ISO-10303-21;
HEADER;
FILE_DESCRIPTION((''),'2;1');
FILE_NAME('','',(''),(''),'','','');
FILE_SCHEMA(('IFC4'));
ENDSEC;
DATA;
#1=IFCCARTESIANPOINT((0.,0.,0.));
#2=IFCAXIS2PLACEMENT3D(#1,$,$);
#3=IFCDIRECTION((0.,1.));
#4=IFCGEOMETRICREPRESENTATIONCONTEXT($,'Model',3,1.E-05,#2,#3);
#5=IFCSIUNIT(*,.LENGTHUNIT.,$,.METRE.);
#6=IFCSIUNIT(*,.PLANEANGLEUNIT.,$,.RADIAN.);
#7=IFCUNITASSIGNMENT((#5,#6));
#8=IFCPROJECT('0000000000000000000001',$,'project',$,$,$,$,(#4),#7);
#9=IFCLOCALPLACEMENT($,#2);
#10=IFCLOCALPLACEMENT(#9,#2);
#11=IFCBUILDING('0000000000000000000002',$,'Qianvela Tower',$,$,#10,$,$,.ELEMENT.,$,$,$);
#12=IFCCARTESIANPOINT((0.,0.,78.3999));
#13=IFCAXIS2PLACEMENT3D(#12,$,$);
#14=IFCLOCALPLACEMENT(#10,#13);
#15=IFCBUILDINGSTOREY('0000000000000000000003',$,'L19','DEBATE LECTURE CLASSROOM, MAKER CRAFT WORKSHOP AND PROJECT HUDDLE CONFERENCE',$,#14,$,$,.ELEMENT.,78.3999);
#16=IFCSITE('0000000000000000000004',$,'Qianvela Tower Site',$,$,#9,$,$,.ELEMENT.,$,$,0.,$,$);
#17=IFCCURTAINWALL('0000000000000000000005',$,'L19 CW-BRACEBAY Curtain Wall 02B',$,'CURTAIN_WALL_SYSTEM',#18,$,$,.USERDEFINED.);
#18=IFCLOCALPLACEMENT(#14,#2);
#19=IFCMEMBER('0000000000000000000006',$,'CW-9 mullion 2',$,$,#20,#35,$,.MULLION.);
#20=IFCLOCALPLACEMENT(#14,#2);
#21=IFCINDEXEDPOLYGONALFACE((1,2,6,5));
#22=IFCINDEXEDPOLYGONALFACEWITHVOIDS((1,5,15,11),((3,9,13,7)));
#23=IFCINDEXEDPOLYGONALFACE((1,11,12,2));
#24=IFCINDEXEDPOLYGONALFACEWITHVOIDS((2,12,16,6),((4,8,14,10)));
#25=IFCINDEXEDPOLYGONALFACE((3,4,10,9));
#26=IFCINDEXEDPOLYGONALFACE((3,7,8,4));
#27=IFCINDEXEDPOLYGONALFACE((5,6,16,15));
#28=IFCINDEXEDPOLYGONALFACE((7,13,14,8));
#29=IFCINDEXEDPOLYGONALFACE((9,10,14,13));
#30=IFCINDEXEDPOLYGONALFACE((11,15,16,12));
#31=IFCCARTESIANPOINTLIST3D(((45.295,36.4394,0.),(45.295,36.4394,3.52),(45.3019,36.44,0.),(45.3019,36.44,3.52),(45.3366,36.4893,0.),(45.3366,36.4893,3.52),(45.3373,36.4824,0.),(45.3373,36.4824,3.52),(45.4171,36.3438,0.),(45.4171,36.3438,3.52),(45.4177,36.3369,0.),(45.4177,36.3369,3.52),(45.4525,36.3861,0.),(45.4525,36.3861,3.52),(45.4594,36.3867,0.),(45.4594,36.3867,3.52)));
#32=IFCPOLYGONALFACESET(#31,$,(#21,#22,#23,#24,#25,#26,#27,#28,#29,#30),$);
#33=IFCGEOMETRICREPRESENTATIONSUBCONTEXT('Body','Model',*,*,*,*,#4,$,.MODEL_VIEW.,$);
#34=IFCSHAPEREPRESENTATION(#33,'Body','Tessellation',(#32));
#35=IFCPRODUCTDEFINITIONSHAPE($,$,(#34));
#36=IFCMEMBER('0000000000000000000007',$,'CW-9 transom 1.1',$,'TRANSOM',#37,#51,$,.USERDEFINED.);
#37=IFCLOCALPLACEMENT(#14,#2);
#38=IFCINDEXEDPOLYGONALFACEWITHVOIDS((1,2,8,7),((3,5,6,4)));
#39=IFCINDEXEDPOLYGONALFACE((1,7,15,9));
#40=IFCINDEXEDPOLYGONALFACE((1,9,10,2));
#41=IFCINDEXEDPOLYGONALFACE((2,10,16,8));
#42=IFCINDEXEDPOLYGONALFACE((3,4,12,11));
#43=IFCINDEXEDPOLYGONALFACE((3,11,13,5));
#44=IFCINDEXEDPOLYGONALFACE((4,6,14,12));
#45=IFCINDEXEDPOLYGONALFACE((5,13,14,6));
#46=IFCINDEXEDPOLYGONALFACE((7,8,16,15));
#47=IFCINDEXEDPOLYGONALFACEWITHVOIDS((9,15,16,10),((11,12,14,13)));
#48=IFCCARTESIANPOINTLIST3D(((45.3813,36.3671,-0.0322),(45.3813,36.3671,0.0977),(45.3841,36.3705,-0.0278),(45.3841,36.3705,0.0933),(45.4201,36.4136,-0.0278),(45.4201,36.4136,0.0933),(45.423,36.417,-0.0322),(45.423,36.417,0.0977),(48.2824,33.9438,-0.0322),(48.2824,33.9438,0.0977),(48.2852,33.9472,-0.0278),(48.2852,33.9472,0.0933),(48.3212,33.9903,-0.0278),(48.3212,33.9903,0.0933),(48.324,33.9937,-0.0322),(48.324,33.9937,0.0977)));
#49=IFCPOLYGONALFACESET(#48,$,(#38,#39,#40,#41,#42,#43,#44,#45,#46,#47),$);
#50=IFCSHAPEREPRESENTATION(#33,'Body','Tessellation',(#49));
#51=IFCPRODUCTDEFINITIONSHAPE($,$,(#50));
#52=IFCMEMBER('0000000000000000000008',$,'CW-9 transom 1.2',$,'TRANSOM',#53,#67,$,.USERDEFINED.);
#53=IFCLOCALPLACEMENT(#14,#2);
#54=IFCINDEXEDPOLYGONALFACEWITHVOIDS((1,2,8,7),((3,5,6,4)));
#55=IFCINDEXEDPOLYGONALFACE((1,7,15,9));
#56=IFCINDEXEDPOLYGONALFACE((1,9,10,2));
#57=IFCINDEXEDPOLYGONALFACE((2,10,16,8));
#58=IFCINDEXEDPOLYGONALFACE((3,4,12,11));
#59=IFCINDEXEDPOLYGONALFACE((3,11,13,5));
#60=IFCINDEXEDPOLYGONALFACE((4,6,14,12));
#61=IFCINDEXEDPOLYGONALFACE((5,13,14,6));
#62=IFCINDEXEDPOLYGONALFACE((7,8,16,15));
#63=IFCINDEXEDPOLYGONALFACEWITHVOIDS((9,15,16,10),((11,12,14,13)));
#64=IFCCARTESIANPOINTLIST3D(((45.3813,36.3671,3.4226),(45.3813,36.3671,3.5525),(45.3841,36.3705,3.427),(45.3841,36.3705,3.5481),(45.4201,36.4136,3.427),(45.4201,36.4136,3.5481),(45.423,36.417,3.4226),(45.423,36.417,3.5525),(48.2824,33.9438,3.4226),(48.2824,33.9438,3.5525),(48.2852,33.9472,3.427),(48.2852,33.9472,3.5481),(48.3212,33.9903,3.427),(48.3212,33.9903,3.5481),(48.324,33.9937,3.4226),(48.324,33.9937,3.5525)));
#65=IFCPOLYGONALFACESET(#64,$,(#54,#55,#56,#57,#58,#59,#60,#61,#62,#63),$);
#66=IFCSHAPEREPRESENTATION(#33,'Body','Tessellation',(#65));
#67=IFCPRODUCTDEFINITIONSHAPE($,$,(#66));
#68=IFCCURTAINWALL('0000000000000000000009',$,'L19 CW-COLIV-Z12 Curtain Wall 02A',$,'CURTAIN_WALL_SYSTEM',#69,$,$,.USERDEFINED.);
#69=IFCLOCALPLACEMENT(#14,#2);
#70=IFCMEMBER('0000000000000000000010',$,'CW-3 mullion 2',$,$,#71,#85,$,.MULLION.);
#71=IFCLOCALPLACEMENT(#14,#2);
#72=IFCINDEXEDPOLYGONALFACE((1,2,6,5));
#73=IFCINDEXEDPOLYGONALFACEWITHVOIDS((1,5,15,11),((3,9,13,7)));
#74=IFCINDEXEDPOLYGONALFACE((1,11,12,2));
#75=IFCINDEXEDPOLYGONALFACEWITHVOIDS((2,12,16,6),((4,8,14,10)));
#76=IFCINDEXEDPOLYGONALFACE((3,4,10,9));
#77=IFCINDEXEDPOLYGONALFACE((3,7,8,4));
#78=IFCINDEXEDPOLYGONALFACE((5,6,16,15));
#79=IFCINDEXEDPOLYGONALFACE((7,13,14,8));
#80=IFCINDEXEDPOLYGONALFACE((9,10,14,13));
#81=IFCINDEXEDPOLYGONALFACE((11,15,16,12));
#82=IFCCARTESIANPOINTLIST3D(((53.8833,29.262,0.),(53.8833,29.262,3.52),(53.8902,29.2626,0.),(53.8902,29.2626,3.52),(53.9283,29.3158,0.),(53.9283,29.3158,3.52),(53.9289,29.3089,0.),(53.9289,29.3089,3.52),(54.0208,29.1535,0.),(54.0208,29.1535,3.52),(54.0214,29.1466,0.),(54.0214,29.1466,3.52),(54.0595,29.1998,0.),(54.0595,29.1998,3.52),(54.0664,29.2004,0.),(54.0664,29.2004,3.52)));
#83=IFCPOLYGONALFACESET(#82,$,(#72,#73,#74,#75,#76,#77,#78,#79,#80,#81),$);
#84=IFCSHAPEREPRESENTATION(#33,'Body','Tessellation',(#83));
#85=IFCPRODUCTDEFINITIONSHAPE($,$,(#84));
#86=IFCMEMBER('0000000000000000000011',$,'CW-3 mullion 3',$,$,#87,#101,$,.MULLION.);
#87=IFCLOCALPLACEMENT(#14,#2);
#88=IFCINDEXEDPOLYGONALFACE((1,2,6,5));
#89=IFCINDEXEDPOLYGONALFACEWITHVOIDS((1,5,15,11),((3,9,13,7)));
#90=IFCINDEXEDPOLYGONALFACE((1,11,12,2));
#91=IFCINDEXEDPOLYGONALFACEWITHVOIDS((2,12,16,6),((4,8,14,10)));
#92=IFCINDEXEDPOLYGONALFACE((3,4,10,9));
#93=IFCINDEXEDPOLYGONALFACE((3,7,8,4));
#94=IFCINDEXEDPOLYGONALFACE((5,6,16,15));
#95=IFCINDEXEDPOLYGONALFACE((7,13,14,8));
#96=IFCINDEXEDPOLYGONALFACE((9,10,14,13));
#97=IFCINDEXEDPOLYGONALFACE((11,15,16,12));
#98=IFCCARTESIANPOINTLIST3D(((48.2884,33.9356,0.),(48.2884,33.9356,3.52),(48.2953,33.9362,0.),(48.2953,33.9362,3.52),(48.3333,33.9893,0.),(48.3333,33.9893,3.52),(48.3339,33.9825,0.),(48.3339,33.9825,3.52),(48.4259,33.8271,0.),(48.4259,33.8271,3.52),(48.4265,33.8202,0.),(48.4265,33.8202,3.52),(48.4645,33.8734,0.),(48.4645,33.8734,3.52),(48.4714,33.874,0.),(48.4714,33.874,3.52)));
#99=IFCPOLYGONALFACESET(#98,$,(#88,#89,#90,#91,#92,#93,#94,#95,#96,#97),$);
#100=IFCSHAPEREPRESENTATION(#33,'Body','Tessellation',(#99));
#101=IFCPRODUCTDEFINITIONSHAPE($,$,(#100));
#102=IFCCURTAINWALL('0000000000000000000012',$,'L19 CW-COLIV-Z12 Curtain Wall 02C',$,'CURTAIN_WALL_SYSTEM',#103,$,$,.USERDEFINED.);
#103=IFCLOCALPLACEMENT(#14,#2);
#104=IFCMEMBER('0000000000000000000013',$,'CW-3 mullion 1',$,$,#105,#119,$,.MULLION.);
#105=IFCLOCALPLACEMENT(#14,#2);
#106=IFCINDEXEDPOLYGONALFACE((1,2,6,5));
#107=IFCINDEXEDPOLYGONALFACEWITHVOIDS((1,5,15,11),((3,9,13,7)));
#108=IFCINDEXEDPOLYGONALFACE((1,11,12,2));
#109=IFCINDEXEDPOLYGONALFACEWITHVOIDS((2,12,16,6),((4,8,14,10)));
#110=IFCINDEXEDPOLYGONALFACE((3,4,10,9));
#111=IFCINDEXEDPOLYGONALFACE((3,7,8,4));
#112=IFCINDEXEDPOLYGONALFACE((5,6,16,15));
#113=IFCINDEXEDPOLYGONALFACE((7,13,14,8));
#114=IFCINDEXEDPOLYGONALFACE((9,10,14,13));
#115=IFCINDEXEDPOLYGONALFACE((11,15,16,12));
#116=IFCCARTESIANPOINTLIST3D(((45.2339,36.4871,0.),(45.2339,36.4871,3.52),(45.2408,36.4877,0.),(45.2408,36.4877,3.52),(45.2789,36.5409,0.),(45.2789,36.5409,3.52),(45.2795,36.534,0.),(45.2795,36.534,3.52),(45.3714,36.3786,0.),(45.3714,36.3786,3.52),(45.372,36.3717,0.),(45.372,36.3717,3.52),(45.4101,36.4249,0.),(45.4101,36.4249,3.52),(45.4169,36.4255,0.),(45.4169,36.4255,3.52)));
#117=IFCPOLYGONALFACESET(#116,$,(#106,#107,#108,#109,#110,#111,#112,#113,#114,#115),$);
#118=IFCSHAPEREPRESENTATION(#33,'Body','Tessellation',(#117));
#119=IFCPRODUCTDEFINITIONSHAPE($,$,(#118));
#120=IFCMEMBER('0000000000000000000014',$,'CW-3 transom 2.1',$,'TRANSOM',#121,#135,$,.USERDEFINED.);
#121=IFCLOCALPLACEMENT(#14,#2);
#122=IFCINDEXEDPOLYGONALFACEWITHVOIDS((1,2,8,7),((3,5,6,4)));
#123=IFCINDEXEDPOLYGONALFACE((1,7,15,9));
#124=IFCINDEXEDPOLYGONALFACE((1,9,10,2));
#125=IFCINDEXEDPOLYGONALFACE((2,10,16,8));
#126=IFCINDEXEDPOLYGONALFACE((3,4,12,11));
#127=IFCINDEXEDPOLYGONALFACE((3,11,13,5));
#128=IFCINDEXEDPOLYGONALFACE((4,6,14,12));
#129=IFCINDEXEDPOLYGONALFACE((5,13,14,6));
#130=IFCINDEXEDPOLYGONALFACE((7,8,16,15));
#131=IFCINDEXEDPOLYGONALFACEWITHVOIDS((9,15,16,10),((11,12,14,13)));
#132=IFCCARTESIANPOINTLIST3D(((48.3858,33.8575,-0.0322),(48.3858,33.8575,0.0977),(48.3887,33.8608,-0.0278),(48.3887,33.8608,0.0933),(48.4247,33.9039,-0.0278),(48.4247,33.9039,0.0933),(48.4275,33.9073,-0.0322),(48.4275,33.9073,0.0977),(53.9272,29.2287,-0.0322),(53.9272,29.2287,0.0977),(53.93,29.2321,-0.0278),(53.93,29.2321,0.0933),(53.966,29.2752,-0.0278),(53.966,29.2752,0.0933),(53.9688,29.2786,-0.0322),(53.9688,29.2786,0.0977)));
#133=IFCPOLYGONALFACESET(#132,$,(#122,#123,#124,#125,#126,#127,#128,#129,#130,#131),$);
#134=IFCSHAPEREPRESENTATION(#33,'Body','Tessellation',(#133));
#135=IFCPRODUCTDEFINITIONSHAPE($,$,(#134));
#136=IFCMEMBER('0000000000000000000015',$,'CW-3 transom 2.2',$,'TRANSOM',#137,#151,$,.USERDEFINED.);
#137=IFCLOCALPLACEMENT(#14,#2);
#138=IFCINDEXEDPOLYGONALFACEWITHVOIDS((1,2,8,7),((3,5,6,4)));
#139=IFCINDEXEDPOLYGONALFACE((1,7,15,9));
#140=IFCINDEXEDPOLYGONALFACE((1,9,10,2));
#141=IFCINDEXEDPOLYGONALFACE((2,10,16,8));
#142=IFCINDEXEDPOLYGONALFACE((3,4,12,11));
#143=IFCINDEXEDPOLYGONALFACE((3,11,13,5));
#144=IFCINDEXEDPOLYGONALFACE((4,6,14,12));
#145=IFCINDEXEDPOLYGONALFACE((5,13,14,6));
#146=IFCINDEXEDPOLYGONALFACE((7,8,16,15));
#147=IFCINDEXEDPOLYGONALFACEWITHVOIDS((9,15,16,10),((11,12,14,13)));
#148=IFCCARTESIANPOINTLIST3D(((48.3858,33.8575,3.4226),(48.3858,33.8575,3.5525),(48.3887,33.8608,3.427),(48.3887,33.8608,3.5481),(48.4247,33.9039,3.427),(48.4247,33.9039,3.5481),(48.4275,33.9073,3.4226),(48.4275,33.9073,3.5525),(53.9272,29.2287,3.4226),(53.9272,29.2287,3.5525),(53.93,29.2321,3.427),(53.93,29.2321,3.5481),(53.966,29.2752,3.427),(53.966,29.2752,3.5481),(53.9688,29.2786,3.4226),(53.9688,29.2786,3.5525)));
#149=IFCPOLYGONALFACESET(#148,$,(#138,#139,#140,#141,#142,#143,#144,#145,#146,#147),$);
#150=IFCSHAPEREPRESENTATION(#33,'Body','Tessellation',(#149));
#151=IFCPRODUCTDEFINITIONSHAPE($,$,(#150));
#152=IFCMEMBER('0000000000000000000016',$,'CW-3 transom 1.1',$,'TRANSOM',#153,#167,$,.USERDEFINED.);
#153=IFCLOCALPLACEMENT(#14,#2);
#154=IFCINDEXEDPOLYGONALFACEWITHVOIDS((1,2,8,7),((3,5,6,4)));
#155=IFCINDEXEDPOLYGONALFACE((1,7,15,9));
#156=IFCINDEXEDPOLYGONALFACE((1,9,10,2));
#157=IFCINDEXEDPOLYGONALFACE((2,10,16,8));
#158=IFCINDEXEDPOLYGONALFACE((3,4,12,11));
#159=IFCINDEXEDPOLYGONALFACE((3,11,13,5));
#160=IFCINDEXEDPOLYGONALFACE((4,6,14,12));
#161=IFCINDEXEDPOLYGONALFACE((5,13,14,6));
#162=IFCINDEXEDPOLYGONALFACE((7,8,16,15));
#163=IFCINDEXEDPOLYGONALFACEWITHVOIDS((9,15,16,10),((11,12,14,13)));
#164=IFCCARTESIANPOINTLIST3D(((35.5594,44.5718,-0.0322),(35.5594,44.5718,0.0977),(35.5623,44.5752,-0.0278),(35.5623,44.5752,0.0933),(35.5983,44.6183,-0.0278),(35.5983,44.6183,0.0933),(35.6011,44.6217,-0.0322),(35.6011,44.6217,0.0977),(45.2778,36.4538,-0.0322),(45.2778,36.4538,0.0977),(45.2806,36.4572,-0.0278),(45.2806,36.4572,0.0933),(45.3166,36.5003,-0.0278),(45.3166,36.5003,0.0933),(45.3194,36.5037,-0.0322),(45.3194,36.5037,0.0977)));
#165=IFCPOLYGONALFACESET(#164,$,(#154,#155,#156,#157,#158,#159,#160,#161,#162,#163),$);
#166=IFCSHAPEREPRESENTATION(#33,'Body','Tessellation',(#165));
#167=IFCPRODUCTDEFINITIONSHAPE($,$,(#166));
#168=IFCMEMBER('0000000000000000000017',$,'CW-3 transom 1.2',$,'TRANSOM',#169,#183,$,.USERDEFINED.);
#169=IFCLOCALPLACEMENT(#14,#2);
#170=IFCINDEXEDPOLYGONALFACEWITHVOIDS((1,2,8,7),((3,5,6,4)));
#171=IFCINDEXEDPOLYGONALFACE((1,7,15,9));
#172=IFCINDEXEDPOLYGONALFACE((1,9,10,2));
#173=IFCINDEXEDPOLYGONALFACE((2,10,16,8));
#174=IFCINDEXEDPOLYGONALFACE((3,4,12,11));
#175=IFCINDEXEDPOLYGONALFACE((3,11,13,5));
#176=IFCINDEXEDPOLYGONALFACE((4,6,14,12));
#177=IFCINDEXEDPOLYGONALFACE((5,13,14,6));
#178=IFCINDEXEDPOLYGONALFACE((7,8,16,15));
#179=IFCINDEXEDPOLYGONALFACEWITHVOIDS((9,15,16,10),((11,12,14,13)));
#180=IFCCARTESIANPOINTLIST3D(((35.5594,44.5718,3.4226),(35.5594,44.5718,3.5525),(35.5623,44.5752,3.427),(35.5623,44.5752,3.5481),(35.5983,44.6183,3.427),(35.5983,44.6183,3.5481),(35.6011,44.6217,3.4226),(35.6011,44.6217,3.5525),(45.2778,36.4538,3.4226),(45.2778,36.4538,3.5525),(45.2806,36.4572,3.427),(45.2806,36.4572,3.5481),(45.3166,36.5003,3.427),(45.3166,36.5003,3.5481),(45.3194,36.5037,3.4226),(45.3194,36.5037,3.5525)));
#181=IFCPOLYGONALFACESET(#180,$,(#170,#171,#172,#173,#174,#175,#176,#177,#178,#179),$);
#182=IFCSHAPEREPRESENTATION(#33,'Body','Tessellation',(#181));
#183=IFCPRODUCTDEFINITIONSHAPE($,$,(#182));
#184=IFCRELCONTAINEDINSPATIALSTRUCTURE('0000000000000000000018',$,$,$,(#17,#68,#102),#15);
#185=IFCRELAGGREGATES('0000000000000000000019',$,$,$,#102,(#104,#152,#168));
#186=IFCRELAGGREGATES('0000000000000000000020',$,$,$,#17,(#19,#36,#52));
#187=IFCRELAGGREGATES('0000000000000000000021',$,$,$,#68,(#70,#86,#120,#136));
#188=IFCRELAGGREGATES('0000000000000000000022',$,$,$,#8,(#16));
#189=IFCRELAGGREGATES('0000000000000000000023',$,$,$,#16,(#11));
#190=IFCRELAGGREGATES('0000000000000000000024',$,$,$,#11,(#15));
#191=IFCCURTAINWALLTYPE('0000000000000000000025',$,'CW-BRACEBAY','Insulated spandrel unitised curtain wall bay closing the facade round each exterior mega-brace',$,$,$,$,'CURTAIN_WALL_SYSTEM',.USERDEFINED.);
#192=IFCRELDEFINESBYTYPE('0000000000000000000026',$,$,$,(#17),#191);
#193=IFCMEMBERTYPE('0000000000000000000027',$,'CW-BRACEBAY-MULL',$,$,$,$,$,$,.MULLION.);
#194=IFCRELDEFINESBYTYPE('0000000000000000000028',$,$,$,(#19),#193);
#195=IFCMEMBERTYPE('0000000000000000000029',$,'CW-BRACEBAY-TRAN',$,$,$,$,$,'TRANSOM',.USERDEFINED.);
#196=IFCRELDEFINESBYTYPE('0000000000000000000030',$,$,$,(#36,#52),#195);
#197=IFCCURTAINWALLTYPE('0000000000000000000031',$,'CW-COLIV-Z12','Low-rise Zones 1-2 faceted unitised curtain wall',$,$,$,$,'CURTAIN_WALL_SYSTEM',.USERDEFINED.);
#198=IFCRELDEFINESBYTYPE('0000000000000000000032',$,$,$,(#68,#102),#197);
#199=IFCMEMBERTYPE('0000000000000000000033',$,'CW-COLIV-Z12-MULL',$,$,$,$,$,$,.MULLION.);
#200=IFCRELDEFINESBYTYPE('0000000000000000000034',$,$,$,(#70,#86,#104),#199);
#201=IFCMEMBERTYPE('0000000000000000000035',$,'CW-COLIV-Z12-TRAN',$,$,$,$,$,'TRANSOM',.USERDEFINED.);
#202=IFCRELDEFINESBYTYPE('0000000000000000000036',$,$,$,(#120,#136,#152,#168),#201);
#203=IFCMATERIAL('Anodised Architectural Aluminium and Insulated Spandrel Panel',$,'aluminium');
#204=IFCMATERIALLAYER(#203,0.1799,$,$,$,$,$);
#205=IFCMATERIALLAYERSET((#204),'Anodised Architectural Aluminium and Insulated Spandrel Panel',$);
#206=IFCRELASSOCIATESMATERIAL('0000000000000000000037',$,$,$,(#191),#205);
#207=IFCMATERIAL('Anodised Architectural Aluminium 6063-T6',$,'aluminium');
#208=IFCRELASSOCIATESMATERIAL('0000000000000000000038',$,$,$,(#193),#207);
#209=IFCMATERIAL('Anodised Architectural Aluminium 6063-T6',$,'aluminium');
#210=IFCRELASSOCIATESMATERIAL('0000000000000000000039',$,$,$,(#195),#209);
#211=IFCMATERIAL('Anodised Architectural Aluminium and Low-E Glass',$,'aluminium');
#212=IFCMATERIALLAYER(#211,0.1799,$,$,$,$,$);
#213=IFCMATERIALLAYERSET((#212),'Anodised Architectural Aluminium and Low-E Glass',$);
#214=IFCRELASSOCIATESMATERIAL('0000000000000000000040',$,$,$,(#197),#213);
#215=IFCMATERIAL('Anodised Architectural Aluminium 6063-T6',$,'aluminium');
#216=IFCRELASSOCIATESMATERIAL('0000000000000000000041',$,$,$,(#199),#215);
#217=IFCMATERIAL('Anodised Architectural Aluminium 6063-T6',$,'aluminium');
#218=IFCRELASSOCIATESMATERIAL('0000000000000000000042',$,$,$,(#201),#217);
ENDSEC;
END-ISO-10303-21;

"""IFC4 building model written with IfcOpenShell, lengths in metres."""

from ifc_helpers import new_model, si_unit, direction, frame, origin, origin_2d, place, context, subcontext, project, spatial, hollow_rectangle, extrude, material, layer, layer_set, material_profile, profile_set, type_object, element, aggregate, save


model = new_model("IFC4")

# Units and contexts
model_context = context("Model", 3, precision=1e-05, world=origin(), true_north=direction((0.0, 1.0)))
body_context = subcontext(model_context, "Body", "Model", "MODEL_VIEW")
ifc_project = project(units=[si_unit("LENGTHUNIT", "METRE"), si_unit("PLANEANGLEUNIT", "RADIAN")], contexts=[model_context])

# Site, building, storey
site_placement = place(None, origin())
site = spatial("IfcSite", under=ifc_project, at=site_placement, Name="Qianvela Tower Site", CompositionType="ELEMENT", RefElevation=0.0)
building_placement = place(site_placement, origin())
building = spatial("IfcBuilding", under=site, at=building_placement, Name="Qianvela Tower", CompositionType="ELEMENT")
storey_placement = place(building_placement, frame((0.0, 0.0, 78.3999)))
storey = spatial("IfcBuildingStorey", under=building, at=storey_placement, Name="L19", Description="DEBATE LECTURE CLASSROOM, MAKER CRAFT WORKSHOP AND PROJECT HUDDLE CONFERENCE", CompositionType="ELEMENT", Elevation=78.3999)

# Curtain walls, members
ifc_material_1 = material(Name="Anodised Architectural Aluminium and Insulated Spandrel Panel", Category="aluminium")
ifc_layer_1 = layer(ifc_material_1, 0.1799)
ifc_layer_set_1 = layer_set([ifc_layer_1], Name="Anodised Architectural Aluminium and Insulated Spandrel Panel")
curtain_wall_type_1 = type_object("IfcCurtainWallType", Name="CW-BRACEBAY", Description="Insulated spandrel unitised curtain wall bay closing the facade round each exterior mega-brace", ElementType="CURTAIN_WALL_SYSTEM", PredefinedType="USERDEFINED", material=ifc_layer_set_1)
curtain_wall_1_placement = place(storey_placement, origin())
curtain_wall_1 = element("IfcCurtainWall", 1, at=curtain_wall_1_placement, inside=storey, type_object=curtain_wall_type_1, Name="L19 CW-BRACEBAY Curtain Wall 02B", ObjectType="CURTAIN_WALL_SYSTEM", PredefinedType="USERDEFINED")
ifc_material_2 = material(Name="Anodised Architectural Aluminium 6063-T6", Category="aluminium")
ifc_material_profile_1 = material_profile(ifc_material_2, hollow_rectangle(XDim=0.0649, YDim=0.1599, WallThickness=0.0049, at=origin_2d()), Name="ALU-MULL-65x160")
ifc_profile_set_1 = profile_set([ifc_material_profile_1], Name="Anodised Architectural Aluminium 6063-T6")
member_type_1 = type_object("IfcMemberType", Name="CW-BRACEBAY-MULL", PredefinedType="MULLION", material=ifc_profile_set_1)
member_1_placement = place(storey_placement, frame((45.3772, 36.4131, 0.0), z_axis=(0.0, 0.0, 1.0), x_axis=(-0.64108, -0.767474, 0.0)))
member_1 = element("IfcMember", 2, at=member_1_placement, type_object=member_type_1, Name="CW-9 mullion 2", PredefinedType="MULLION", context=body_context, shape_type="SweptSolid", body=[
    extrude(hollow_rectangle(XDim=0.0649, YDim=0.1599, WallThickness=0.0049, at=origin_2d()), origin(), (0.0, 0.0, 1.0), 3.52),
])
ifc_material_3 = material(Name="Anodised Architectural Aluminium 6063-T6", Category="aluminium")
ifc_material_profile_2 = material_profile(ifc_material_3, hollow_rectangle(XDim=0.0649, YDim=0.1299, WallThickness=0.0044, at=origin_2d()), Name="ALU-TRAN-65x130")
ifc_profile_set_2 = profile_set([ifc_material_profile_2], Name="Anodised Architectural Aluminium 6063-T6")
member_type_2 = type_object("IfcMemberType", Name="CW-BRACEBAY-TRAN", ElementType="TRANSOM", PredefinedType="USERDEFINED", material=ifc_profile_set_2)
member_2_placement = place(storey_placement, frame((48.3032, 33.9688, 0.0327), z_axis=(-0.767474, 0.64108, 0.0), x_axis=(-0.64108, -0.767474, 0.0)))
member_2 = element("IfcMember", 3, at=member_2_placement, type_object=member_type_2, Name="CW-9 transom 1.1", ObjectType="TRANSOM", PredefinedType="USERDEFINED", context=body_context, shape_type="SweptSolid", body=[
    extrude(hollow_rectangle(XDim=0.0649, YDim=0.1299, WallThickness=0.0044, at=origin_2d()), origin(), (0.0, 0.0, 1.0), 3.78),
])
member_3_placement = place(storey_placement, frame((48.3032, 33.9688, 3.4875), z_axis=(-0.767474, 0.64108, 0.0), x_axis=(-0.64108, -0.767474, 0.0)))
member_3 = element("IfcMember", 4, at=member_3_placement, type_object=member_type_2, Name="CW-9 transom 1.2", ObjectType="TRANSOM", PredefinedType="USERDEFINED", context=body_context, shape_type="SweptSolid", body=[
    extrude(hollow_rectangle(XDim=0.0649, YDim=0.1299, WallThickness=0.0044, at=origin_2d()), origin(), (0.0, 0.0, 1.0), 3.78),
])
ifc_material_4 = material(Name="Anodised Architectural Aluminium and Low-E Glass", Category="aluminium")
ifc_layer_2 = layer(ifc_material_4, 0.1799)
ifc_layer_set_2 = layer_set([ifc_layer_2], Name="Anodised Architectural Aluminium and Low-E Glass")
curtain_wall_type_2 = type_object("IfcCurtainWallType", Name="CW-COLIV-Z12", Description="Low-rise Zones 1-2 faceted unitised curtain wall", ElementType="CURTAIN_WALL_SYSTEM", PredefinedType="USERDEFINED", material=ifc_layer_set_2)
curtain_wall_2_placement = place(storey_placement, origin())
curtain_wall_2 = element("IfcCurtainWall", 5, at=curtain_wall_2_placement, inside=storey, type_object=curtain_wall_type_2, Name="L19 CW-COLIV-Z12 Curtain Wall 02A", ObjectType="CURTAIN_WALL_SYSTEM", PredefinedType="USERDEFINED")
ifc_material_5 = material(Name="Anodised Architectural Aluminium 6063-T6", Category="aluminium")
ifc_material_profile_3 = material_profile(ifc_material_5, hollow_rectangle(XDim=0.0701, YDim=0.1799, WallThickness=0.0049, at=origin_2d()), Name="ALU-MULL-70x180")
ifc_profile_set_3 = profile_set([ifc_material_profile_3], Name="Anodised Architectural Aluminium 6063-T6")
member_type_3 = type_object("IfcMemberType", Name="CW-COLIV-Z12-MULL", PredefinedType="MULLION", material=ifc_profile_set_3)
member_4_placement = place(storey_placement, frame((53.9749, 29.2312, 0.0), z_axis=(0.0, 0.0, 1.0), x_axis=(-0.641086, -0.767469, 0.0)))
member_4 = element("IfcMember", 6, at=member_4_placement, type_object=member_type_3, Name="CW-3 mullion 2", PredefinedType="MULLION", context=body_context, shape_type="SweptSolid", body=[
    extrude(hollow_rectangle(XDim=0.0701, YDim=0.1799, WallThickness=0.0049, at=origin_2d()), origin(), (0.0, 0.0, 1.0), 3.52),
])
member_5_placement = place(storey_placement, frame((48.3799, 33.9048, 0.0), z_axis=(0.0, 0.0, 1.0), x_axis=(-0.641086, -0.767469, 0.0)))
member_5 = element("IfcMember", 7, at=member_5_placement, type_object=member_type_3, Name="CW-3 mullion 3", PredefinedType="MULLION", context=body_context, shape_type="SweptSolid", body=[
    extrude(hollow_rectangle(XDim=0.0701, YDim=0.1799, WallThickness=0.0049, at=origin_2d()), origin(), (0.0, 0.0, 1.0), 3.52),
])

# Curtain wall, member
curtain_wall_3_placement = place(storey_placement, origin())
curtain_wall_3 = element("IfcCurtainWall", 8, at=curtain_wall_3_placement, inside=storey, type_object=curtain_wall_type_2, Name="L19 CW-COLIV-Z12 Curtain Wall 02C", ObjectType="CURTAIN_WALL_SYSTEM", PredefinedType="USERDEFINED")
member_6_placement = place(storey_placement, frame((45.3254, 36.4563, 0.0), z_axis=(0.0, 0.0, 1.0), x_axis=(-0.641088, -0.767467, 0.0)))
member_6 = element("IfcMember", 9, at=member_6_placement, type_object=member_type_3, Name="CW-3 mullion 1", PredefinedType="MULLION", context=body_context, shape_type="SweptSolid", body=[
    extrude(hollow_rectangle(XDim=0.0701, YDim=0.1799, WallThickness=0.0049, at=origin_2d()), origin(), (0.0, 0.0, 1.0), 3.52),
])

# Members
ifc_material_6 = material(Name="Anodised Architectural Aluminium 6063-T6", Category="aluminium")
ifc_material_profile_4 = material_profile(ifc_material_6, hollow_rectangle(XDim=0.0649, YDim=0.1299, WallThickness=0.0044, at=origin_2d()), Name="ALU-TRAN-65x130")
ifc_profile_set_4 = profile_set([ifc_material_profile_4], Name="Anodised Architectural Aluminium 6063-T6")
member_type_4 = type_object("IfcMemberType", Name="CW-COLIV-Z12-TRAN", ElementType="TRANSOM", PredefinedType="USERDEFINED", material=ifc_profile_set_4)
member_7_placement = place(storey_placement, frame((53.948, 29.2537, 0.0327), z_axis=(-0.767475, 0.641079, 0.0), x_axis=(-0.641079, -0.767475, 0.0)))
member_7 = element("IfcMember", 10, at=member_7_placement, type_object=member_type_4, Name="CW-3 transom 2.1", ObjectType="TRANSOM", PredefinedType="USERDEFINED", context=body_context, shape_type="SweptSolid", body=[
    extrude(hollow_rectangle(XDim=0.0649, YDim=0.1299, WallThickness=0.0044, at=origin_2d()), origin(), (0.0, 0.0, 1.0), 7.2202),
])
member_8_placement = place(storey_placement, frame((53.948, 29.2537, 3.4875), z_axis=(-0.767475, 0.641079, 0.0), x_axis=(-0.641079, -0.767475, 0.0)))
member_8 = element("IfcMember", 11, at=member_8_placement, type_object=member_type_4, Name="CW-3 transom 2.2", ObjectType="TRANSOM", PredefinedType="USERDEFINED", context=body_context, shape_type="SweptSolid", body=[
    extrude(hollow_rectangle(XDim=0.0649, YDim=0.1299, WallThickness=0.0044, at=origin_2d()), origin(), (0.0, 0.0, 1.0), 7.2202),
])
member_9_placement = place(storey_placement, frame((45.2986, 36.4788, 0.0327), z_axis=(-0.767469, 0.641087, 0.0), x_axis=(-0.641087, -0.767469, 0.0)))
member_9 = element("IfcMember", 12, at=member_9_placement, type_object=member_type_4, Name="CW-3 transom 1.1", ObjectType="TRANSOM", PredefinedType="USERDEFINED", context=body_context, shape_type="SweptSolid", body=[
    extrude(hollow_rectangle(XDim=0.0649, YDim=0.1299, WallThickness=0.0044, at=origin_2d()), origin(), (0.0, 0.0, 1.0), 12.6628),
])
member_10_placement = place(storey_placement, frame((45.2986, 36.4788, 3.4875), z_axis=(-0.767469, 0.641087, 0.0), x_axis=(-0.641087, -0.767469, 0.0)))
member_10 = element("IfcMember", 13, at=member_10_placement, type_object=member_type_4, Name="CW-3 transom 1.2", ObjectType="TRANSOM", PredefinedType="USERDEFINED", context=body_context, shape_type="SweptSolid", body=[
    extrude(hollow_rectangle(XDim=0.0649, YDim=0.1299, WallThickness=0.0044, at=origin_2d()), origin(), (0.0, 0.0, 1.0), 12.6628),
])
aggregate(curtain_wall_3, [member_6, member_9, member_10])

aggregate(curtain_wall_1, [member_1, member_2, member_3])
aggregate(curtain_wall_2, [member_4, member_5, member_7, member_8])

save(model, "model.ifc")
